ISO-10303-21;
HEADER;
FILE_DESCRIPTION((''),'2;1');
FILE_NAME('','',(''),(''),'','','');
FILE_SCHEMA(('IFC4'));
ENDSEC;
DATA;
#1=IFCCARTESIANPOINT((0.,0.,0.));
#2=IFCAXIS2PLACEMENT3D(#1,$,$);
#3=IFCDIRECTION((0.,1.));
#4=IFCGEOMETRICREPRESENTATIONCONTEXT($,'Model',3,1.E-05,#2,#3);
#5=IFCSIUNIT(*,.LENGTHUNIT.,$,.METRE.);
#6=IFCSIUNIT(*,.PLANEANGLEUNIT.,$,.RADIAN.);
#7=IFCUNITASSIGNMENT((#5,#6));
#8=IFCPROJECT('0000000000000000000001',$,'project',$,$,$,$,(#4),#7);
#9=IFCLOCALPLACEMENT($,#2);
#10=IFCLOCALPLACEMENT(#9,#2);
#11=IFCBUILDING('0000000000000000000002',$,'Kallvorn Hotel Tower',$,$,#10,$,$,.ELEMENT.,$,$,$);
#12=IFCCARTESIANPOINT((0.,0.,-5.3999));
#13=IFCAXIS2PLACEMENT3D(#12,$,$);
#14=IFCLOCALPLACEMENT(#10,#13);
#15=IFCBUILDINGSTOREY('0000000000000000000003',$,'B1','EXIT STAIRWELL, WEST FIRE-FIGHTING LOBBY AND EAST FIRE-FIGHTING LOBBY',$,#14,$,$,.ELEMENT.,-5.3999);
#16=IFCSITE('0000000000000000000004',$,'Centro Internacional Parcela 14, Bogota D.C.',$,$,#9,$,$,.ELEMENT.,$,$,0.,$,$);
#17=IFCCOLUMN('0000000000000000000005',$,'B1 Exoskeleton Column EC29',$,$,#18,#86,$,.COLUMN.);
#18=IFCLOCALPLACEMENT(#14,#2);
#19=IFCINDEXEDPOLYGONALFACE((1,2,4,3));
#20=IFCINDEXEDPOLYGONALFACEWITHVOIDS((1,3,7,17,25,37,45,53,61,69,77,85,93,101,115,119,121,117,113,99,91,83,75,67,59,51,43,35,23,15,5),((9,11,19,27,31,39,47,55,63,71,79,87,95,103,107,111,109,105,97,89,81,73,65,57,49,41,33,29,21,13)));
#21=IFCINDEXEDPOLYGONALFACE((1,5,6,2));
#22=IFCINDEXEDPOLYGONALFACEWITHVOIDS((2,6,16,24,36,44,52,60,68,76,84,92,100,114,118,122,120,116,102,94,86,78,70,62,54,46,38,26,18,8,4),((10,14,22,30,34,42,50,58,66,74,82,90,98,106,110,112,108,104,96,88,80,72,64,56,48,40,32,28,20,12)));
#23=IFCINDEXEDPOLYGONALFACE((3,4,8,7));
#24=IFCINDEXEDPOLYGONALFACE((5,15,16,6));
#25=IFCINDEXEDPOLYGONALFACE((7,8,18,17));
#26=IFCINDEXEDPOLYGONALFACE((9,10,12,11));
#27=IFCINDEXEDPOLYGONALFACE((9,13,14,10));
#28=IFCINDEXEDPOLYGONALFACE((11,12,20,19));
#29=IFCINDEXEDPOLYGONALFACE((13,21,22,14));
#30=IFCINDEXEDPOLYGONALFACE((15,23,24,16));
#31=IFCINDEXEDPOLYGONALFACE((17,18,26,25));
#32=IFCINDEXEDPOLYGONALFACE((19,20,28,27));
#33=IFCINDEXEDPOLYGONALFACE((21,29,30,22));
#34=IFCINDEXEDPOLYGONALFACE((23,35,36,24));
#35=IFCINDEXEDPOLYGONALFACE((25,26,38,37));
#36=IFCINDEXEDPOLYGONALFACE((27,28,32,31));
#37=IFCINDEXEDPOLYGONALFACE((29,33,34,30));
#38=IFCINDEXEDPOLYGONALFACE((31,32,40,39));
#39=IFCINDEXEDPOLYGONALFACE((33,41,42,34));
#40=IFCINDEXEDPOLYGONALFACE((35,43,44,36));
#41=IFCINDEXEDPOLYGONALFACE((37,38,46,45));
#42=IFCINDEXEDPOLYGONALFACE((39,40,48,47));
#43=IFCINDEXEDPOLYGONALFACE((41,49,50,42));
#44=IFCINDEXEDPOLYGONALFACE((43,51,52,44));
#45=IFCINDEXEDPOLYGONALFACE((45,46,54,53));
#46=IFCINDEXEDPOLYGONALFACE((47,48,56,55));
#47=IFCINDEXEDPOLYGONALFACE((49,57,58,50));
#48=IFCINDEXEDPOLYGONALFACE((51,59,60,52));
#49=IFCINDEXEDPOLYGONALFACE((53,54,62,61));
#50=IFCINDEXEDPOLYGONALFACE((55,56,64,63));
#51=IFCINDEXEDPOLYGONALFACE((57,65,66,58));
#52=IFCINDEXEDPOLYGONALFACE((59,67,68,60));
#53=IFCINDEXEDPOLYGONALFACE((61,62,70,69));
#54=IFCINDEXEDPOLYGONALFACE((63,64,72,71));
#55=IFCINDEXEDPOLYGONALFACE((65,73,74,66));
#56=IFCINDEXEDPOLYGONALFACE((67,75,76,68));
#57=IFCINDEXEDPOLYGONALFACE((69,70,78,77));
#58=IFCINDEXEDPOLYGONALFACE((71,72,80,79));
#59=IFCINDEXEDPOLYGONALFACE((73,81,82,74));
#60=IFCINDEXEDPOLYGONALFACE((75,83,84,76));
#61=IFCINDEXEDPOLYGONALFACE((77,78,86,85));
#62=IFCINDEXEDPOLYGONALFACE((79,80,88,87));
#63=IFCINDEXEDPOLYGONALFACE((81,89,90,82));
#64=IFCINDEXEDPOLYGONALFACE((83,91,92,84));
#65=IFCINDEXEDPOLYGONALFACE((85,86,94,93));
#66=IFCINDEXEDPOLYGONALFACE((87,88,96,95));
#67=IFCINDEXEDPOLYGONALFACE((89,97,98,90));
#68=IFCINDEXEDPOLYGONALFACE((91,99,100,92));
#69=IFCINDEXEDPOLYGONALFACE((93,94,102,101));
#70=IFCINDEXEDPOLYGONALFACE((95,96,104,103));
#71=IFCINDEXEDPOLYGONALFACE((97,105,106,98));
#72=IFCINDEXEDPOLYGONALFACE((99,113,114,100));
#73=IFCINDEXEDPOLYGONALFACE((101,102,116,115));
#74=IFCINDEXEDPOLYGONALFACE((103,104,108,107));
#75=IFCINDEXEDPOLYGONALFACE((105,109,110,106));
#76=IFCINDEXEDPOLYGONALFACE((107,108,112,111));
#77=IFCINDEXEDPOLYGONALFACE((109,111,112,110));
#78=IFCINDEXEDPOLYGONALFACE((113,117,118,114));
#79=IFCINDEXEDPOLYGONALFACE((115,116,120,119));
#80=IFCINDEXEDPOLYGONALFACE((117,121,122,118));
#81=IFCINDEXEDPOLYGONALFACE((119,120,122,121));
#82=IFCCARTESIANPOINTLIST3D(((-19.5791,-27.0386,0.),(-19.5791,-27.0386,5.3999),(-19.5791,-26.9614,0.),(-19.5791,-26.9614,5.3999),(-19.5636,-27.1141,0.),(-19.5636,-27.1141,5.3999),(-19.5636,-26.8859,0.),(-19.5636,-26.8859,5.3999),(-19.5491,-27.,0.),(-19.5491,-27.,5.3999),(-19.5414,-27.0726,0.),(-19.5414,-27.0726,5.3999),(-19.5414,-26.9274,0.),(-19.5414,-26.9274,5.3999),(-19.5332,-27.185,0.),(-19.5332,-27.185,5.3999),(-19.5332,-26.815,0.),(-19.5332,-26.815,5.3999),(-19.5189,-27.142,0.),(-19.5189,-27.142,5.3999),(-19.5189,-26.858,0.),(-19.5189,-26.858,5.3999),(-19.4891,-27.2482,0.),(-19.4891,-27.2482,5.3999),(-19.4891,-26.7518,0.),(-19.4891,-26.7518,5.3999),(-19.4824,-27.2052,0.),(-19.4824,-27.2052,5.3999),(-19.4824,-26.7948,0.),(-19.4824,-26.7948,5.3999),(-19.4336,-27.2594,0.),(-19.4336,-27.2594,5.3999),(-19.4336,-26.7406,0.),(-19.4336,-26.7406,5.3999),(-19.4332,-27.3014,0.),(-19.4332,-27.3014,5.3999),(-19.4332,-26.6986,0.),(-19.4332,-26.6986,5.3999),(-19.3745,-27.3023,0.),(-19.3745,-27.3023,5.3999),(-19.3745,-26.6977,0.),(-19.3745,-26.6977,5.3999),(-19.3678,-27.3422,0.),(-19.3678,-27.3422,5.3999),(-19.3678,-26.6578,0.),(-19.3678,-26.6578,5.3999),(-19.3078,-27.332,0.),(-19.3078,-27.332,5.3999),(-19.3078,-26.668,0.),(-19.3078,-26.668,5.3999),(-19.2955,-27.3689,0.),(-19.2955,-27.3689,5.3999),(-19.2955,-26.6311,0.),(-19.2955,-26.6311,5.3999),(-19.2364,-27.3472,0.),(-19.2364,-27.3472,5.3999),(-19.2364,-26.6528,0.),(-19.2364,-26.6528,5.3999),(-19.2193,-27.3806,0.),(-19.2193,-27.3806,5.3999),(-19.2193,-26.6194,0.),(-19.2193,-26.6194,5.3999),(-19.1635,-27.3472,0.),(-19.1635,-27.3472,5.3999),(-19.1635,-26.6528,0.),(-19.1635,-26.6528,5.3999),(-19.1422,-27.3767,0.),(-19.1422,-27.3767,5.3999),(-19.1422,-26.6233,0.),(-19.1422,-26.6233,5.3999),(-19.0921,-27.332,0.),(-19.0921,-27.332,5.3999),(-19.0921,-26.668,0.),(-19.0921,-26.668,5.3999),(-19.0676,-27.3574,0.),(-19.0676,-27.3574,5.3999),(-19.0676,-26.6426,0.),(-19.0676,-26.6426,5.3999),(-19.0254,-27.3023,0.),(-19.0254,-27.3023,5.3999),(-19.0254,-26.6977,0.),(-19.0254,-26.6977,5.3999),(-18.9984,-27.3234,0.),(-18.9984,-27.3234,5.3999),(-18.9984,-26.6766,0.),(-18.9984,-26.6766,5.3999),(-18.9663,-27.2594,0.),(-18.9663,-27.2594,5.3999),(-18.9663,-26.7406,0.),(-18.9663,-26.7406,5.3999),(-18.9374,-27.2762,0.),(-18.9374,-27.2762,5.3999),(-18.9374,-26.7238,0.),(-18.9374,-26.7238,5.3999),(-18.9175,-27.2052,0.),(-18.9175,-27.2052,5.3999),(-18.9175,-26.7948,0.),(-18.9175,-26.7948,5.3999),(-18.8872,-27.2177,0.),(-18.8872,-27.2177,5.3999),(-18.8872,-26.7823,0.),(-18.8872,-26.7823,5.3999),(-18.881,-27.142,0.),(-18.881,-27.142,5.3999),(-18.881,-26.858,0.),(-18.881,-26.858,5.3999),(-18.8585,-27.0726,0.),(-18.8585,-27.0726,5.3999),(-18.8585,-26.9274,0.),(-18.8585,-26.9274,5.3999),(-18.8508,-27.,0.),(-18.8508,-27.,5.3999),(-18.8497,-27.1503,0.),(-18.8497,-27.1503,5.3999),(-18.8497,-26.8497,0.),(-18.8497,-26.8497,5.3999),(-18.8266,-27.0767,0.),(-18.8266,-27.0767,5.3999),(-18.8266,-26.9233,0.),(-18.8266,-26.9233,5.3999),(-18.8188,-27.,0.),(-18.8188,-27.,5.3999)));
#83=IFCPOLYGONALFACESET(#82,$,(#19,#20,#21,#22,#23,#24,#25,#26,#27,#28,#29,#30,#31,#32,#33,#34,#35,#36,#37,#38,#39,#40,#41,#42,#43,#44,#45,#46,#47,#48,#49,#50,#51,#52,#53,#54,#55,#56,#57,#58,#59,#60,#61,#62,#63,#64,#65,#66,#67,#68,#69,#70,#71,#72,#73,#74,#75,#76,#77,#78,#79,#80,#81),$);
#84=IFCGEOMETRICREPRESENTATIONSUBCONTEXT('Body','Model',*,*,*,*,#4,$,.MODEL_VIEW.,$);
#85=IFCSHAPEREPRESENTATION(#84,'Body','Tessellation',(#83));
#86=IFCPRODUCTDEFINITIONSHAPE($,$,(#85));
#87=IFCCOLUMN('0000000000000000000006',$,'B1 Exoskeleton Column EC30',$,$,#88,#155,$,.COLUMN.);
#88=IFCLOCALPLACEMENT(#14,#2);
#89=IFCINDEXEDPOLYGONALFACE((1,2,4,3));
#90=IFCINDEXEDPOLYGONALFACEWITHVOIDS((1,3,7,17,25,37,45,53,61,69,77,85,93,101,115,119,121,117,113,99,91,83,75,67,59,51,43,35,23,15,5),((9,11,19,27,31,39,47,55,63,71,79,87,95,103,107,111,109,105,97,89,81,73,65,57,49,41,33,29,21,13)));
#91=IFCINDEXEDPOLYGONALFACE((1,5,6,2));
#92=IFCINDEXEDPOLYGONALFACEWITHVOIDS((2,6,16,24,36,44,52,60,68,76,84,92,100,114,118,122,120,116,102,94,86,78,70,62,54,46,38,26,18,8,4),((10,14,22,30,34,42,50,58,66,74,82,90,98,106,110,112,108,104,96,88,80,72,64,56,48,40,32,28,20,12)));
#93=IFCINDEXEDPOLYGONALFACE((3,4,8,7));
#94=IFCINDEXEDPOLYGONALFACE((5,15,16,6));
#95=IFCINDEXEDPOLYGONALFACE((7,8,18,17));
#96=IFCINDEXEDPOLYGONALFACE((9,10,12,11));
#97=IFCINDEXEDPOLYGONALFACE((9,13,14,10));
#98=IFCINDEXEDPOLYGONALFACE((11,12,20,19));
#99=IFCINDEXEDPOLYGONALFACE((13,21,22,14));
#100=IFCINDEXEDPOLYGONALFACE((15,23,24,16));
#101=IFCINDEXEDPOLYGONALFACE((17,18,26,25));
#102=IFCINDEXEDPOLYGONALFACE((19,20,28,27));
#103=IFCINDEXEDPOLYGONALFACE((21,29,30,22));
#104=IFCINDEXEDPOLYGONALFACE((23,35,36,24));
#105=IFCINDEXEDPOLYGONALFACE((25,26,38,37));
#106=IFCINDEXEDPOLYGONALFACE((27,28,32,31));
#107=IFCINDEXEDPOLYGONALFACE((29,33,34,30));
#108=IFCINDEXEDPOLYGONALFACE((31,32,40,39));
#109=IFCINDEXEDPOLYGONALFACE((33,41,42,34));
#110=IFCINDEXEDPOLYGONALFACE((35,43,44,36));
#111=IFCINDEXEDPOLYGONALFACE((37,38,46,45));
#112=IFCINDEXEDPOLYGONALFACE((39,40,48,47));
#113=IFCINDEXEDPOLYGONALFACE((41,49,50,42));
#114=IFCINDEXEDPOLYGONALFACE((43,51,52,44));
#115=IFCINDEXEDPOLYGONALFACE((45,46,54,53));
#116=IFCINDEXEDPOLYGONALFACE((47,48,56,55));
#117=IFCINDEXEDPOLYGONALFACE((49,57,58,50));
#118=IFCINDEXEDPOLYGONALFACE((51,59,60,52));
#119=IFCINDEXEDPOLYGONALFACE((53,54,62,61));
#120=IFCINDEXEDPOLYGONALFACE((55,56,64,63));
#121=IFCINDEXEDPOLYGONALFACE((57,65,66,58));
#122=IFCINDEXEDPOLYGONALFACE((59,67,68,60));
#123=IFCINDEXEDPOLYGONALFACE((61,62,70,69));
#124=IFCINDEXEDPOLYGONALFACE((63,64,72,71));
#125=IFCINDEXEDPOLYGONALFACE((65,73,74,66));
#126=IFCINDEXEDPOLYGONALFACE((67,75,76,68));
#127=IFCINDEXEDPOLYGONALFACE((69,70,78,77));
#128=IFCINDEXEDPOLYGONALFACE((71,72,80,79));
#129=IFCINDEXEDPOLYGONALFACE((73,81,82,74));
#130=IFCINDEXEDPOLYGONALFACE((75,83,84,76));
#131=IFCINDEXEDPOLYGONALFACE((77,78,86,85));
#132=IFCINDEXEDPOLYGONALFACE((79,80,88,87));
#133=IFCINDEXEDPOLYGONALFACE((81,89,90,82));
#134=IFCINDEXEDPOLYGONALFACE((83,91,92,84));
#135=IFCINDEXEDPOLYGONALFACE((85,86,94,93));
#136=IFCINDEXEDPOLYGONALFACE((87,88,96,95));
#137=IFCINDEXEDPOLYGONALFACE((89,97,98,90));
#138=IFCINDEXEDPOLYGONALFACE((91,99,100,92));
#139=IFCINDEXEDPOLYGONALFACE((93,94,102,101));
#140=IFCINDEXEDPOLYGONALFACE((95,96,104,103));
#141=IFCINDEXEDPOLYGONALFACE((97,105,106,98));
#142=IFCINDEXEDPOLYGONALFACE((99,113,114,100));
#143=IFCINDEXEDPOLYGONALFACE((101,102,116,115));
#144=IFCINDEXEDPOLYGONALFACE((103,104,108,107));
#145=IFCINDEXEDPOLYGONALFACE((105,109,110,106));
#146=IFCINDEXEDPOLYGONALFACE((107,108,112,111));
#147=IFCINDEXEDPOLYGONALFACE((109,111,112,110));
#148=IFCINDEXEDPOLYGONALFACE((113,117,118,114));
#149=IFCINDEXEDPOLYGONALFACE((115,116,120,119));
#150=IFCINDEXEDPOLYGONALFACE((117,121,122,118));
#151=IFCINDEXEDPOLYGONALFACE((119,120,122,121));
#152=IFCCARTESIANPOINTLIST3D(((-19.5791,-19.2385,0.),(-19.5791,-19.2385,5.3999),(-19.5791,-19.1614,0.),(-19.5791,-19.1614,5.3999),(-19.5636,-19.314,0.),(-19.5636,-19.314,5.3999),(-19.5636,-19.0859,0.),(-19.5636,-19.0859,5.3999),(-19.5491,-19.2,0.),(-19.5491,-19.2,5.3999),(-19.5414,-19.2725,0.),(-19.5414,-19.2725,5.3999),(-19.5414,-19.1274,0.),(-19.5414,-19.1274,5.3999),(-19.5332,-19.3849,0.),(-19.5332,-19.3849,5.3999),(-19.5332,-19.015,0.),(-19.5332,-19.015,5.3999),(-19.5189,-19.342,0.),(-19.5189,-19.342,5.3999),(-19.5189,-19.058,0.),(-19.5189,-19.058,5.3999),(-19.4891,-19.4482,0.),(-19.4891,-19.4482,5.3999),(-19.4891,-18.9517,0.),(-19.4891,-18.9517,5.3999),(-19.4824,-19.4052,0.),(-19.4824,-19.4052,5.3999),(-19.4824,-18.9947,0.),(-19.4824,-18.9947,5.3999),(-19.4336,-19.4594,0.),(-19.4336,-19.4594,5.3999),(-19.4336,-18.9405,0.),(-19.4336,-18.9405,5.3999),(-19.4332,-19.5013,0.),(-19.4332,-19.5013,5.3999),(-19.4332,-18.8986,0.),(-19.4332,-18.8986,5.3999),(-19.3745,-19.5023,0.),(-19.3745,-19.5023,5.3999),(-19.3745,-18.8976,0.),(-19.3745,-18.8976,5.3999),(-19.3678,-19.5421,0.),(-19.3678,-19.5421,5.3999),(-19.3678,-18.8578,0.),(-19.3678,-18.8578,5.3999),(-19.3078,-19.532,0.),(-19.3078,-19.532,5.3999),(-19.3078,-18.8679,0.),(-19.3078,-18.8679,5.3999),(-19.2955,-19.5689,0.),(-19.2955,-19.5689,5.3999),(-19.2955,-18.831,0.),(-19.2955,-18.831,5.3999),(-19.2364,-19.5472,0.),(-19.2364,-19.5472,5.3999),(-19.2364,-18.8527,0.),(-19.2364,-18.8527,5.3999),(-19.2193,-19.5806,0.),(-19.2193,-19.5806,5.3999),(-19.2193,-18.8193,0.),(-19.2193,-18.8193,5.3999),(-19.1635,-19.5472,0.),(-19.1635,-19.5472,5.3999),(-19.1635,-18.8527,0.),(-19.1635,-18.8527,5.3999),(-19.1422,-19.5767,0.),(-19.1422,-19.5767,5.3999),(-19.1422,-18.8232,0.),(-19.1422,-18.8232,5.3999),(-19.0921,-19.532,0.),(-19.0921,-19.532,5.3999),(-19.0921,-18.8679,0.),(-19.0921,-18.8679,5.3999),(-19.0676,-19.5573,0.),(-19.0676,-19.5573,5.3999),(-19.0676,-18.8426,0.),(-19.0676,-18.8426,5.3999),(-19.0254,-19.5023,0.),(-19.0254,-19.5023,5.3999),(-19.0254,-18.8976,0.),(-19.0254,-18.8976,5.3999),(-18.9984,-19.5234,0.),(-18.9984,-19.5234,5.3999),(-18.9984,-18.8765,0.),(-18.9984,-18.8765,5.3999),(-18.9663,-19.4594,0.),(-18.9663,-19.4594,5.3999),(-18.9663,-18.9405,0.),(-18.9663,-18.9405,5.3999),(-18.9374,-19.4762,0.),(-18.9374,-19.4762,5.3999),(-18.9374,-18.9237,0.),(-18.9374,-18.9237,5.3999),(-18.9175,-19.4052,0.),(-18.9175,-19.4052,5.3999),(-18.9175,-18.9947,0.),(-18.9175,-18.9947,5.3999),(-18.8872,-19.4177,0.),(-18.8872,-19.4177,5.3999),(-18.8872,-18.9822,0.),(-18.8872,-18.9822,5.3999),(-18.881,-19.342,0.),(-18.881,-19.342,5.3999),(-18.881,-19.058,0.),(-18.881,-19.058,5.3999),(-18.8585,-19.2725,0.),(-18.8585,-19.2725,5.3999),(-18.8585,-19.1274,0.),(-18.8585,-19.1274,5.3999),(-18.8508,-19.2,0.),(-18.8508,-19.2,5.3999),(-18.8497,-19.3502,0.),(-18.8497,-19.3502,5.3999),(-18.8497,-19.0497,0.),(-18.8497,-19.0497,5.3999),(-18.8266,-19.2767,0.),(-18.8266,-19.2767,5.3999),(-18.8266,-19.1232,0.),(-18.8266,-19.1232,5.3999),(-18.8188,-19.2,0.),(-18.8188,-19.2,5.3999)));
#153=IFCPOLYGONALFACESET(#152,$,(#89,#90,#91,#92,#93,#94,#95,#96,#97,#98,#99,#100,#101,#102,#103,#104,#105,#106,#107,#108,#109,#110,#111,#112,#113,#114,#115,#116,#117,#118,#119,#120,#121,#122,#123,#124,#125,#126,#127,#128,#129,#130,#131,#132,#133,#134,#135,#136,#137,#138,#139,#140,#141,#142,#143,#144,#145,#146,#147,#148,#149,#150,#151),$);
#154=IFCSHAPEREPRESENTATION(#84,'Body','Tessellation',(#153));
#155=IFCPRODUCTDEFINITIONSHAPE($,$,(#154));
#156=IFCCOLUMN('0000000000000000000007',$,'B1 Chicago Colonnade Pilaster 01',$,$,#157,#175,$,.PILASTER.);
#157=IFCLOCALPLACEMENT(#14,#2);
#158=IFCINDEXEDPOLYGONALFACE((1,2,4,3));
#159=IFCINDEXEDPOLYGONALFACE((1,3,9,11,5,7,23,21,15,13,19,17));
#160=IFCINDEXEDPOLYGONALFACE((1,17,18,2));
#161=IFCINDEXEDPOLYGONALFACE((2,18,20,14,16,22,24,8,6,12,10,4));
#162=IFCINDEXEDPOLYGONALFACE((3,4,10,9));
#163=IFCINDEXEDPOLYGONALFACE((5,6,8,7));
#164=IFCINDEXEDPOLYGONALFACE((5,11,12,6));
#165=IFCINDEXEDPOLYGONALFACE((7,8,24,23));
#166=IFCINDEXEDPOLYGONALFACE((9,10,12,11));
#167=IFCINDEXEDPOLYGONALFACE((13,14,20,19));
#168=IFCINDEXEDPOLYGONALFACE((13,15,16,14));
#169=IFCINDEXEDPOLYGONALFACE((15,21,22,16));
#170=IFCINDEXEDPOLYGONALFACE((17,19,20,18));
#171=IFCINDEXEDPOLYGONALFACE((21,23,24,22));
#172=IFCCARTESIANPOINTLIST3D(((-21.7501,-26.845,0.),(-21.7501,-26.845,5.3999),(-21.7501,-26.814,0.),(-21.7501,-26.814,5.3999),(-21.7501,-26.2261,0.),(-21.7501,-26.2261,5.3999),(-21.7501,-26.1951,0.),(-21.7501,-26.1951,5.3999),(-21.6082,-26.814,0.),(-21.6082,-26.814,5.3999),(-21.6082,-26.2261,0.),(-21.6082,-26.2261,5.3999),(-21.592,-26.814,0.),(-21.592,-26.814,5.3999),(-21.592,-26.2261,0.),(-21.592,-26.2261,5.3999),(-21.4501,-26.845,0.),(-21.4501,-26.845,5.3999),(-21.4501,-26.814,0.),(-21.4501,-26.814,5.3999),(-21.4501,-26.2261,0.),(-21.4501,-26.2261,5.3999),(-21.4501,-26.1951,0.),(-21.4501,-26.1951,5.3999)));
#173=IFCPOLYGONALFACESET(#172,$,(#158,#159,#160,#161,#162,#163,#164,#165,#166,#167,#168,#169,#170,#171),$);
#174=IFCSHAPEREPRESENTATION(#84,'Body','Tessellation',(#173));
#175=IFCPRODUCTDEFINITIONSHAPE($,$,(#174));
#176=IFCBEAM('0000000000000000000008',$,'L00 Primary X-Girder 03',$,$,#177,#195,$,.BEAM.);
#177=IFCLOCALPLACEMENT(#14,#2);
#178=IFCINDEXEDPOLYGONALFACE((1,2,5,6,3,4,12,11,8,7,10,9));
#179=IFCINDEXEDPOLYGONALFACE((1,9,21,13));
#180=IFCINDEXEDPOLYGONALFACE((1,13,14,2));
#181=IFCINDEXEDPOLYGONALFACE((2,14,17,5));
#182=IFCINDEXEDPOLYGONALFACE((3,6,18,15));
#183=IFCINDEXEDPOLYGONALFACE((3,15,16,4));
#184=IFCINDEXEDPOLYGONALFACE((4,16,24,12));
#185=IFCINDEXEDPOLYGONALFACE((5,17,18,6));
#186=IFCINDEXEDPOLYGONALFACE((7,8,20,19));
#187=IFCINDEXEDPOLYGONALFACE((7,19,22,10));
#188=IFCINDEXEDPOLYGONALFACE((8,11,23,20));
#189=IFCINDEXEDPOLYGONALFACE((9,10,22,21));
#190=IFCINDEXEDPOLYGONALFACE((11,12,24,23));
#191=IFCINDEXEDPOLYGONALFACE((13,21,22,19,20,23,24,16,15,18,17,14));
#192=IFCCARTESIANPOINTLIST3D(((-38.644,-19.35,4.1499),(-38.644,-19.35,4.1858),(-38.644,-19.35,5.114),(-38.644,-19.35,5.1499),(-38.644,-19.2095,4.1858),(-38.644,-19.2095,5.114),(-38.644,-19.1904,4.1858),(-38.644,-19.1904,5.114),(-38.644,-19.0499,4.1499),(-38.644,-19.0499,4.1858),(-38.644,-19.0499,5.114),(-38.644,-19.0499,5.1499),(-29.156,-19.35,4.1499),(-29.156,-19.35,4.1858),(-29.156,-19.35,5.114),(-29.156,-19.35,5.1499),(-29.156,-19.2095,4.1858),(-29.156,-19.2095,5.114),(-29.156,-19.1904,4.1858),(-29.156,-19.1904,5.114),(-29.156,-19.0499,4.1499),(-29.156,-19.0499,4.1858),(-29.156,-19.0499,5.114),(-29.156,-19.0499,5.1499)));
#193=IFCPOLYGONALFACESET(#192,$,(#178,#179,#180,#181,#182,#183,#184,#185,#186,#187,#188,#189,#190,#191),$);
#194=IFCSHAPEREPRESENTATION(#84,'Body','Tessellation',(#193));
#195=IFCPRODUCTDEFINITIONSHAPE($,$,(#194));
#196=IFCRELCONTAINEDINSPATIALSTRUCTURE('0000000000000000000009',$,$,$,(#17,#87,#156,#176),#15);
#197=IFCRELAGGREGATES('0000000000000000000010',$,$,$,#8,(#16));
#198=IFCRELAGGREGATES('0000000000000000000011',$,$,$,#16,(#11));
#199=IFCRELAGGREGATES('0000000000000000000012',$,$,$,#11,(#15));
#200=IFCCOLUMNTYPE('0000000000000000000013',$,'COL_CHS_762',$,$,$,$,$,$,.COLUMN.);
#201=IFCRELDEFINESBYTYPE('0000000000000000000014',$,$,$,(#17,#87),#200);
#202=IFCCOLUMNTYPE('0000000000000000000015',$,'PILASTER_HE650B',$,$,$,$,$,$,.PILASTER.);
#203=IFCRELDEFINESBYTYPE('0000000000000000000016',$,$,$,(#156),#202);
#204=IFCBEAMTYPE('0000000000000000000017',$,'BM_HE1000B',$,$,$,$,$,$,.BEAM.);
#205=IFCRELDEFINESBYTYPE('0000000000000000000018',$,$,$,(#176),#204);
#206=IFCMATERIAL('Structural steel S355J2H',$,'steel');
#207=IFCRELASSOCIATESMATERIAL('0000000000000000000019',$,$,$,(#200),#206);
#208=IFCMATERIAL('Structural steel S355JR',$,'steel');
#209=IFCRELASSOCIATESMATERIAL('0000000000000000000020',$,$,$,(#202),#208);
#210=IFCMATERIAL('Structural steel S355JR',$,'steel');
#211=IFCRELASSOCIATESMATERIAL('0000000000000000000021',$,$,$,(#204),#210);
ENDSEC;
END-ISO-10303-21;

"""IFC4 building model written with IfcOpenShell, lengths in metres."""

from ifc_helpers import new_model, si_unit, direction, frame, origin, origin_2d, place, context, subcontext, project, spatial, hollow_circle, i_section, extrude, material, material_profile, profile_set, type_object, element, save


model = new_model("IFC4")

# Units and contexts
model_context = context("Model", 3, precision=1e-05, world=origin(), true_north=direction((0.0, 1.0)))
body_context = subcontext(model_context, "Body", "Model", "MODEL_VIEW")
ifc_project = project(units=[si_unit("LENGTHUNIT", "METRE"), si_unit("PLANEANGLEUNIT", "RADIAN")], contexts=[model_context])

# Site, building, storey
site_placement = place(None, origin())
site = spatial("IfcSite", under=ifc_project, at=site_placement, Name="Centro Internacional Parcela 14, Bogota D.C.", CompositionType="ELEMENT", RefElevation=0.0)
building_placement = place(site_placement, origin())
building = spatial("IfcBuilding", under=site, at=building_placement, Name="Kallvorn Hotel Tower", CompositionType="ELEMENT")
storey_placement = place(building_placement, frame((0.0, 0.0, -5.3999)))
storey = spatial("IfcBuildingStorey", under=building, at=storey_placement, Name="B1", Description="EXIT STAIRWELL, WEST FIRE-FIGHTING LOBBY AND EAST FIRE-FIGHTING LOBBY", CompositionType="ELEMENT", Elevation=-5.3999)

# Columns
ifc_material_1 = material(Name="Structural steel S355J2H", Category="steel")
ifc_material_profile_1 = material_profile(ifc_material_1, hollow_circle(Radius=0.3811, WallThickness=0.032, at=origin_2d()), Name="CHS 762x32")
ifc_profile_set_1 = profile_set([ifc_material_profile_1], Name="Structural steel S355J2H")
column_type_1 = type_object("IfcColumnType", Name="COL_CHS_762", PredefinedType="COLUMN", material=ifc_profile_set_1)
for number, where, z_axis, x_axis, name in (
    (1, (-19.2, -27.0, 0.0), (0.0, 0.0, 1.0), (1.0, 0.0, 0.0), "B1 Exoskeleton Column EC29"),
    (2, (-19.2, -19.2, 0.0), (0.0, 0.0, 1.0), (1.0, 0.0, 0.0), "B1 Exoskeleton Column EC30"),
):
    element("IfcColumn", number, at=place(storey_placement, frame(where, z_axis=z_axis, x_axis=x_axis)), inside=storey, type_object=column_type_1, Name=name, PredefinedType="COLUMN", context=body_context, shape_type="SweptSolid", body=[
        extrude(hollow_circle(Radius=0.3811, WallThickness=0.032, at=origin_2d()), origin(), (0.0, 0.0, 1.0), 5.3999),
    ])
ifc_material_2 = material(Name="Structural steel S355JR", Category="steel")
ifc_material_profile_2 = material_profile(ifc_material_2, i_section(OverallWidth=0.3, OverallDepth=0.6499, WebThickness=0.0161, FlangeThickness=0.031, at=origin_2d()), Name="HE 650 B")
ifc_profile_set_2 = profile_set([ifc_material_profile_2], Name="Structural steel S355JR")
column_type_2 = type_object("IfcColumnType", Name="PILASTER_HE650B", PredefinedType="PILASTER", material=ifc_profile_set_2)
column_placement = place(storey_placement, frame((-21.6001, -26.52, 0.0), z_axis=(0.0, 0.0, 1.0), x_axis=(1.0, 0.0, 0.0)))
element("IfcColumn", 3, at=column_placement, inside=storey, type_object=column_type_2, Name="B1 Chicago Colonnade Pilaster 01", PredefinedType="PILASTER", context=body_context, shape_type="SweptSolid", body=[
    extrude(i_section(OverallWidth=0.3, OverallDepth=0.6499, WebThickness=0.0161, FlangeThickness=0.031, at=origin_2d()), origin(), (0.0, 0.0, 1.0), 5.3999),
])

# Beam
ifc_material_3 = material(Name="Structural steel S355JR", Category="steel")
ifc_material_profile_3 = material_profile(ifc_material_3, i_section(OverallWidth=0.3, OverallDepth=1.0, WebThickness=0.019, FlangeThickness=0.0359, at=origin_2d()), Name="HE 1000 B")
ifc_profile_set_3 = profile_set([ifc_material_profile_3], Name="Structural steel S355JR")
beam_type_1 = type_object("IfcBeamType", Name="BM_HE1000B", PredefinedType="BEAM", material=ifc_profile_set_3)
beam_1_placement = place(storey_placement, frame((-38.644, -19.2, 4.6499), z_axis=(1.0, 0.0, 0.0), x_axis=(0.0, 1.0, 0.0)))
element("IfcBeam", 4, at=beam_1_placement, inside=storey, type_object=beam_type_1, Name="L00 Primary X-Girder 03", PredefinedType="BEAM", context=body_context, shape_type="SweptSolid", body=[
    extrude(i_section(OverallWidth=0.3, OverallDepth=1.0, WebThickness=0.019, FlangeThickness=0.0359, at=origin_2d()), origin(), (0.0, 0.0, 1.0), 9.488),
])

save(model, "model.ifc")
